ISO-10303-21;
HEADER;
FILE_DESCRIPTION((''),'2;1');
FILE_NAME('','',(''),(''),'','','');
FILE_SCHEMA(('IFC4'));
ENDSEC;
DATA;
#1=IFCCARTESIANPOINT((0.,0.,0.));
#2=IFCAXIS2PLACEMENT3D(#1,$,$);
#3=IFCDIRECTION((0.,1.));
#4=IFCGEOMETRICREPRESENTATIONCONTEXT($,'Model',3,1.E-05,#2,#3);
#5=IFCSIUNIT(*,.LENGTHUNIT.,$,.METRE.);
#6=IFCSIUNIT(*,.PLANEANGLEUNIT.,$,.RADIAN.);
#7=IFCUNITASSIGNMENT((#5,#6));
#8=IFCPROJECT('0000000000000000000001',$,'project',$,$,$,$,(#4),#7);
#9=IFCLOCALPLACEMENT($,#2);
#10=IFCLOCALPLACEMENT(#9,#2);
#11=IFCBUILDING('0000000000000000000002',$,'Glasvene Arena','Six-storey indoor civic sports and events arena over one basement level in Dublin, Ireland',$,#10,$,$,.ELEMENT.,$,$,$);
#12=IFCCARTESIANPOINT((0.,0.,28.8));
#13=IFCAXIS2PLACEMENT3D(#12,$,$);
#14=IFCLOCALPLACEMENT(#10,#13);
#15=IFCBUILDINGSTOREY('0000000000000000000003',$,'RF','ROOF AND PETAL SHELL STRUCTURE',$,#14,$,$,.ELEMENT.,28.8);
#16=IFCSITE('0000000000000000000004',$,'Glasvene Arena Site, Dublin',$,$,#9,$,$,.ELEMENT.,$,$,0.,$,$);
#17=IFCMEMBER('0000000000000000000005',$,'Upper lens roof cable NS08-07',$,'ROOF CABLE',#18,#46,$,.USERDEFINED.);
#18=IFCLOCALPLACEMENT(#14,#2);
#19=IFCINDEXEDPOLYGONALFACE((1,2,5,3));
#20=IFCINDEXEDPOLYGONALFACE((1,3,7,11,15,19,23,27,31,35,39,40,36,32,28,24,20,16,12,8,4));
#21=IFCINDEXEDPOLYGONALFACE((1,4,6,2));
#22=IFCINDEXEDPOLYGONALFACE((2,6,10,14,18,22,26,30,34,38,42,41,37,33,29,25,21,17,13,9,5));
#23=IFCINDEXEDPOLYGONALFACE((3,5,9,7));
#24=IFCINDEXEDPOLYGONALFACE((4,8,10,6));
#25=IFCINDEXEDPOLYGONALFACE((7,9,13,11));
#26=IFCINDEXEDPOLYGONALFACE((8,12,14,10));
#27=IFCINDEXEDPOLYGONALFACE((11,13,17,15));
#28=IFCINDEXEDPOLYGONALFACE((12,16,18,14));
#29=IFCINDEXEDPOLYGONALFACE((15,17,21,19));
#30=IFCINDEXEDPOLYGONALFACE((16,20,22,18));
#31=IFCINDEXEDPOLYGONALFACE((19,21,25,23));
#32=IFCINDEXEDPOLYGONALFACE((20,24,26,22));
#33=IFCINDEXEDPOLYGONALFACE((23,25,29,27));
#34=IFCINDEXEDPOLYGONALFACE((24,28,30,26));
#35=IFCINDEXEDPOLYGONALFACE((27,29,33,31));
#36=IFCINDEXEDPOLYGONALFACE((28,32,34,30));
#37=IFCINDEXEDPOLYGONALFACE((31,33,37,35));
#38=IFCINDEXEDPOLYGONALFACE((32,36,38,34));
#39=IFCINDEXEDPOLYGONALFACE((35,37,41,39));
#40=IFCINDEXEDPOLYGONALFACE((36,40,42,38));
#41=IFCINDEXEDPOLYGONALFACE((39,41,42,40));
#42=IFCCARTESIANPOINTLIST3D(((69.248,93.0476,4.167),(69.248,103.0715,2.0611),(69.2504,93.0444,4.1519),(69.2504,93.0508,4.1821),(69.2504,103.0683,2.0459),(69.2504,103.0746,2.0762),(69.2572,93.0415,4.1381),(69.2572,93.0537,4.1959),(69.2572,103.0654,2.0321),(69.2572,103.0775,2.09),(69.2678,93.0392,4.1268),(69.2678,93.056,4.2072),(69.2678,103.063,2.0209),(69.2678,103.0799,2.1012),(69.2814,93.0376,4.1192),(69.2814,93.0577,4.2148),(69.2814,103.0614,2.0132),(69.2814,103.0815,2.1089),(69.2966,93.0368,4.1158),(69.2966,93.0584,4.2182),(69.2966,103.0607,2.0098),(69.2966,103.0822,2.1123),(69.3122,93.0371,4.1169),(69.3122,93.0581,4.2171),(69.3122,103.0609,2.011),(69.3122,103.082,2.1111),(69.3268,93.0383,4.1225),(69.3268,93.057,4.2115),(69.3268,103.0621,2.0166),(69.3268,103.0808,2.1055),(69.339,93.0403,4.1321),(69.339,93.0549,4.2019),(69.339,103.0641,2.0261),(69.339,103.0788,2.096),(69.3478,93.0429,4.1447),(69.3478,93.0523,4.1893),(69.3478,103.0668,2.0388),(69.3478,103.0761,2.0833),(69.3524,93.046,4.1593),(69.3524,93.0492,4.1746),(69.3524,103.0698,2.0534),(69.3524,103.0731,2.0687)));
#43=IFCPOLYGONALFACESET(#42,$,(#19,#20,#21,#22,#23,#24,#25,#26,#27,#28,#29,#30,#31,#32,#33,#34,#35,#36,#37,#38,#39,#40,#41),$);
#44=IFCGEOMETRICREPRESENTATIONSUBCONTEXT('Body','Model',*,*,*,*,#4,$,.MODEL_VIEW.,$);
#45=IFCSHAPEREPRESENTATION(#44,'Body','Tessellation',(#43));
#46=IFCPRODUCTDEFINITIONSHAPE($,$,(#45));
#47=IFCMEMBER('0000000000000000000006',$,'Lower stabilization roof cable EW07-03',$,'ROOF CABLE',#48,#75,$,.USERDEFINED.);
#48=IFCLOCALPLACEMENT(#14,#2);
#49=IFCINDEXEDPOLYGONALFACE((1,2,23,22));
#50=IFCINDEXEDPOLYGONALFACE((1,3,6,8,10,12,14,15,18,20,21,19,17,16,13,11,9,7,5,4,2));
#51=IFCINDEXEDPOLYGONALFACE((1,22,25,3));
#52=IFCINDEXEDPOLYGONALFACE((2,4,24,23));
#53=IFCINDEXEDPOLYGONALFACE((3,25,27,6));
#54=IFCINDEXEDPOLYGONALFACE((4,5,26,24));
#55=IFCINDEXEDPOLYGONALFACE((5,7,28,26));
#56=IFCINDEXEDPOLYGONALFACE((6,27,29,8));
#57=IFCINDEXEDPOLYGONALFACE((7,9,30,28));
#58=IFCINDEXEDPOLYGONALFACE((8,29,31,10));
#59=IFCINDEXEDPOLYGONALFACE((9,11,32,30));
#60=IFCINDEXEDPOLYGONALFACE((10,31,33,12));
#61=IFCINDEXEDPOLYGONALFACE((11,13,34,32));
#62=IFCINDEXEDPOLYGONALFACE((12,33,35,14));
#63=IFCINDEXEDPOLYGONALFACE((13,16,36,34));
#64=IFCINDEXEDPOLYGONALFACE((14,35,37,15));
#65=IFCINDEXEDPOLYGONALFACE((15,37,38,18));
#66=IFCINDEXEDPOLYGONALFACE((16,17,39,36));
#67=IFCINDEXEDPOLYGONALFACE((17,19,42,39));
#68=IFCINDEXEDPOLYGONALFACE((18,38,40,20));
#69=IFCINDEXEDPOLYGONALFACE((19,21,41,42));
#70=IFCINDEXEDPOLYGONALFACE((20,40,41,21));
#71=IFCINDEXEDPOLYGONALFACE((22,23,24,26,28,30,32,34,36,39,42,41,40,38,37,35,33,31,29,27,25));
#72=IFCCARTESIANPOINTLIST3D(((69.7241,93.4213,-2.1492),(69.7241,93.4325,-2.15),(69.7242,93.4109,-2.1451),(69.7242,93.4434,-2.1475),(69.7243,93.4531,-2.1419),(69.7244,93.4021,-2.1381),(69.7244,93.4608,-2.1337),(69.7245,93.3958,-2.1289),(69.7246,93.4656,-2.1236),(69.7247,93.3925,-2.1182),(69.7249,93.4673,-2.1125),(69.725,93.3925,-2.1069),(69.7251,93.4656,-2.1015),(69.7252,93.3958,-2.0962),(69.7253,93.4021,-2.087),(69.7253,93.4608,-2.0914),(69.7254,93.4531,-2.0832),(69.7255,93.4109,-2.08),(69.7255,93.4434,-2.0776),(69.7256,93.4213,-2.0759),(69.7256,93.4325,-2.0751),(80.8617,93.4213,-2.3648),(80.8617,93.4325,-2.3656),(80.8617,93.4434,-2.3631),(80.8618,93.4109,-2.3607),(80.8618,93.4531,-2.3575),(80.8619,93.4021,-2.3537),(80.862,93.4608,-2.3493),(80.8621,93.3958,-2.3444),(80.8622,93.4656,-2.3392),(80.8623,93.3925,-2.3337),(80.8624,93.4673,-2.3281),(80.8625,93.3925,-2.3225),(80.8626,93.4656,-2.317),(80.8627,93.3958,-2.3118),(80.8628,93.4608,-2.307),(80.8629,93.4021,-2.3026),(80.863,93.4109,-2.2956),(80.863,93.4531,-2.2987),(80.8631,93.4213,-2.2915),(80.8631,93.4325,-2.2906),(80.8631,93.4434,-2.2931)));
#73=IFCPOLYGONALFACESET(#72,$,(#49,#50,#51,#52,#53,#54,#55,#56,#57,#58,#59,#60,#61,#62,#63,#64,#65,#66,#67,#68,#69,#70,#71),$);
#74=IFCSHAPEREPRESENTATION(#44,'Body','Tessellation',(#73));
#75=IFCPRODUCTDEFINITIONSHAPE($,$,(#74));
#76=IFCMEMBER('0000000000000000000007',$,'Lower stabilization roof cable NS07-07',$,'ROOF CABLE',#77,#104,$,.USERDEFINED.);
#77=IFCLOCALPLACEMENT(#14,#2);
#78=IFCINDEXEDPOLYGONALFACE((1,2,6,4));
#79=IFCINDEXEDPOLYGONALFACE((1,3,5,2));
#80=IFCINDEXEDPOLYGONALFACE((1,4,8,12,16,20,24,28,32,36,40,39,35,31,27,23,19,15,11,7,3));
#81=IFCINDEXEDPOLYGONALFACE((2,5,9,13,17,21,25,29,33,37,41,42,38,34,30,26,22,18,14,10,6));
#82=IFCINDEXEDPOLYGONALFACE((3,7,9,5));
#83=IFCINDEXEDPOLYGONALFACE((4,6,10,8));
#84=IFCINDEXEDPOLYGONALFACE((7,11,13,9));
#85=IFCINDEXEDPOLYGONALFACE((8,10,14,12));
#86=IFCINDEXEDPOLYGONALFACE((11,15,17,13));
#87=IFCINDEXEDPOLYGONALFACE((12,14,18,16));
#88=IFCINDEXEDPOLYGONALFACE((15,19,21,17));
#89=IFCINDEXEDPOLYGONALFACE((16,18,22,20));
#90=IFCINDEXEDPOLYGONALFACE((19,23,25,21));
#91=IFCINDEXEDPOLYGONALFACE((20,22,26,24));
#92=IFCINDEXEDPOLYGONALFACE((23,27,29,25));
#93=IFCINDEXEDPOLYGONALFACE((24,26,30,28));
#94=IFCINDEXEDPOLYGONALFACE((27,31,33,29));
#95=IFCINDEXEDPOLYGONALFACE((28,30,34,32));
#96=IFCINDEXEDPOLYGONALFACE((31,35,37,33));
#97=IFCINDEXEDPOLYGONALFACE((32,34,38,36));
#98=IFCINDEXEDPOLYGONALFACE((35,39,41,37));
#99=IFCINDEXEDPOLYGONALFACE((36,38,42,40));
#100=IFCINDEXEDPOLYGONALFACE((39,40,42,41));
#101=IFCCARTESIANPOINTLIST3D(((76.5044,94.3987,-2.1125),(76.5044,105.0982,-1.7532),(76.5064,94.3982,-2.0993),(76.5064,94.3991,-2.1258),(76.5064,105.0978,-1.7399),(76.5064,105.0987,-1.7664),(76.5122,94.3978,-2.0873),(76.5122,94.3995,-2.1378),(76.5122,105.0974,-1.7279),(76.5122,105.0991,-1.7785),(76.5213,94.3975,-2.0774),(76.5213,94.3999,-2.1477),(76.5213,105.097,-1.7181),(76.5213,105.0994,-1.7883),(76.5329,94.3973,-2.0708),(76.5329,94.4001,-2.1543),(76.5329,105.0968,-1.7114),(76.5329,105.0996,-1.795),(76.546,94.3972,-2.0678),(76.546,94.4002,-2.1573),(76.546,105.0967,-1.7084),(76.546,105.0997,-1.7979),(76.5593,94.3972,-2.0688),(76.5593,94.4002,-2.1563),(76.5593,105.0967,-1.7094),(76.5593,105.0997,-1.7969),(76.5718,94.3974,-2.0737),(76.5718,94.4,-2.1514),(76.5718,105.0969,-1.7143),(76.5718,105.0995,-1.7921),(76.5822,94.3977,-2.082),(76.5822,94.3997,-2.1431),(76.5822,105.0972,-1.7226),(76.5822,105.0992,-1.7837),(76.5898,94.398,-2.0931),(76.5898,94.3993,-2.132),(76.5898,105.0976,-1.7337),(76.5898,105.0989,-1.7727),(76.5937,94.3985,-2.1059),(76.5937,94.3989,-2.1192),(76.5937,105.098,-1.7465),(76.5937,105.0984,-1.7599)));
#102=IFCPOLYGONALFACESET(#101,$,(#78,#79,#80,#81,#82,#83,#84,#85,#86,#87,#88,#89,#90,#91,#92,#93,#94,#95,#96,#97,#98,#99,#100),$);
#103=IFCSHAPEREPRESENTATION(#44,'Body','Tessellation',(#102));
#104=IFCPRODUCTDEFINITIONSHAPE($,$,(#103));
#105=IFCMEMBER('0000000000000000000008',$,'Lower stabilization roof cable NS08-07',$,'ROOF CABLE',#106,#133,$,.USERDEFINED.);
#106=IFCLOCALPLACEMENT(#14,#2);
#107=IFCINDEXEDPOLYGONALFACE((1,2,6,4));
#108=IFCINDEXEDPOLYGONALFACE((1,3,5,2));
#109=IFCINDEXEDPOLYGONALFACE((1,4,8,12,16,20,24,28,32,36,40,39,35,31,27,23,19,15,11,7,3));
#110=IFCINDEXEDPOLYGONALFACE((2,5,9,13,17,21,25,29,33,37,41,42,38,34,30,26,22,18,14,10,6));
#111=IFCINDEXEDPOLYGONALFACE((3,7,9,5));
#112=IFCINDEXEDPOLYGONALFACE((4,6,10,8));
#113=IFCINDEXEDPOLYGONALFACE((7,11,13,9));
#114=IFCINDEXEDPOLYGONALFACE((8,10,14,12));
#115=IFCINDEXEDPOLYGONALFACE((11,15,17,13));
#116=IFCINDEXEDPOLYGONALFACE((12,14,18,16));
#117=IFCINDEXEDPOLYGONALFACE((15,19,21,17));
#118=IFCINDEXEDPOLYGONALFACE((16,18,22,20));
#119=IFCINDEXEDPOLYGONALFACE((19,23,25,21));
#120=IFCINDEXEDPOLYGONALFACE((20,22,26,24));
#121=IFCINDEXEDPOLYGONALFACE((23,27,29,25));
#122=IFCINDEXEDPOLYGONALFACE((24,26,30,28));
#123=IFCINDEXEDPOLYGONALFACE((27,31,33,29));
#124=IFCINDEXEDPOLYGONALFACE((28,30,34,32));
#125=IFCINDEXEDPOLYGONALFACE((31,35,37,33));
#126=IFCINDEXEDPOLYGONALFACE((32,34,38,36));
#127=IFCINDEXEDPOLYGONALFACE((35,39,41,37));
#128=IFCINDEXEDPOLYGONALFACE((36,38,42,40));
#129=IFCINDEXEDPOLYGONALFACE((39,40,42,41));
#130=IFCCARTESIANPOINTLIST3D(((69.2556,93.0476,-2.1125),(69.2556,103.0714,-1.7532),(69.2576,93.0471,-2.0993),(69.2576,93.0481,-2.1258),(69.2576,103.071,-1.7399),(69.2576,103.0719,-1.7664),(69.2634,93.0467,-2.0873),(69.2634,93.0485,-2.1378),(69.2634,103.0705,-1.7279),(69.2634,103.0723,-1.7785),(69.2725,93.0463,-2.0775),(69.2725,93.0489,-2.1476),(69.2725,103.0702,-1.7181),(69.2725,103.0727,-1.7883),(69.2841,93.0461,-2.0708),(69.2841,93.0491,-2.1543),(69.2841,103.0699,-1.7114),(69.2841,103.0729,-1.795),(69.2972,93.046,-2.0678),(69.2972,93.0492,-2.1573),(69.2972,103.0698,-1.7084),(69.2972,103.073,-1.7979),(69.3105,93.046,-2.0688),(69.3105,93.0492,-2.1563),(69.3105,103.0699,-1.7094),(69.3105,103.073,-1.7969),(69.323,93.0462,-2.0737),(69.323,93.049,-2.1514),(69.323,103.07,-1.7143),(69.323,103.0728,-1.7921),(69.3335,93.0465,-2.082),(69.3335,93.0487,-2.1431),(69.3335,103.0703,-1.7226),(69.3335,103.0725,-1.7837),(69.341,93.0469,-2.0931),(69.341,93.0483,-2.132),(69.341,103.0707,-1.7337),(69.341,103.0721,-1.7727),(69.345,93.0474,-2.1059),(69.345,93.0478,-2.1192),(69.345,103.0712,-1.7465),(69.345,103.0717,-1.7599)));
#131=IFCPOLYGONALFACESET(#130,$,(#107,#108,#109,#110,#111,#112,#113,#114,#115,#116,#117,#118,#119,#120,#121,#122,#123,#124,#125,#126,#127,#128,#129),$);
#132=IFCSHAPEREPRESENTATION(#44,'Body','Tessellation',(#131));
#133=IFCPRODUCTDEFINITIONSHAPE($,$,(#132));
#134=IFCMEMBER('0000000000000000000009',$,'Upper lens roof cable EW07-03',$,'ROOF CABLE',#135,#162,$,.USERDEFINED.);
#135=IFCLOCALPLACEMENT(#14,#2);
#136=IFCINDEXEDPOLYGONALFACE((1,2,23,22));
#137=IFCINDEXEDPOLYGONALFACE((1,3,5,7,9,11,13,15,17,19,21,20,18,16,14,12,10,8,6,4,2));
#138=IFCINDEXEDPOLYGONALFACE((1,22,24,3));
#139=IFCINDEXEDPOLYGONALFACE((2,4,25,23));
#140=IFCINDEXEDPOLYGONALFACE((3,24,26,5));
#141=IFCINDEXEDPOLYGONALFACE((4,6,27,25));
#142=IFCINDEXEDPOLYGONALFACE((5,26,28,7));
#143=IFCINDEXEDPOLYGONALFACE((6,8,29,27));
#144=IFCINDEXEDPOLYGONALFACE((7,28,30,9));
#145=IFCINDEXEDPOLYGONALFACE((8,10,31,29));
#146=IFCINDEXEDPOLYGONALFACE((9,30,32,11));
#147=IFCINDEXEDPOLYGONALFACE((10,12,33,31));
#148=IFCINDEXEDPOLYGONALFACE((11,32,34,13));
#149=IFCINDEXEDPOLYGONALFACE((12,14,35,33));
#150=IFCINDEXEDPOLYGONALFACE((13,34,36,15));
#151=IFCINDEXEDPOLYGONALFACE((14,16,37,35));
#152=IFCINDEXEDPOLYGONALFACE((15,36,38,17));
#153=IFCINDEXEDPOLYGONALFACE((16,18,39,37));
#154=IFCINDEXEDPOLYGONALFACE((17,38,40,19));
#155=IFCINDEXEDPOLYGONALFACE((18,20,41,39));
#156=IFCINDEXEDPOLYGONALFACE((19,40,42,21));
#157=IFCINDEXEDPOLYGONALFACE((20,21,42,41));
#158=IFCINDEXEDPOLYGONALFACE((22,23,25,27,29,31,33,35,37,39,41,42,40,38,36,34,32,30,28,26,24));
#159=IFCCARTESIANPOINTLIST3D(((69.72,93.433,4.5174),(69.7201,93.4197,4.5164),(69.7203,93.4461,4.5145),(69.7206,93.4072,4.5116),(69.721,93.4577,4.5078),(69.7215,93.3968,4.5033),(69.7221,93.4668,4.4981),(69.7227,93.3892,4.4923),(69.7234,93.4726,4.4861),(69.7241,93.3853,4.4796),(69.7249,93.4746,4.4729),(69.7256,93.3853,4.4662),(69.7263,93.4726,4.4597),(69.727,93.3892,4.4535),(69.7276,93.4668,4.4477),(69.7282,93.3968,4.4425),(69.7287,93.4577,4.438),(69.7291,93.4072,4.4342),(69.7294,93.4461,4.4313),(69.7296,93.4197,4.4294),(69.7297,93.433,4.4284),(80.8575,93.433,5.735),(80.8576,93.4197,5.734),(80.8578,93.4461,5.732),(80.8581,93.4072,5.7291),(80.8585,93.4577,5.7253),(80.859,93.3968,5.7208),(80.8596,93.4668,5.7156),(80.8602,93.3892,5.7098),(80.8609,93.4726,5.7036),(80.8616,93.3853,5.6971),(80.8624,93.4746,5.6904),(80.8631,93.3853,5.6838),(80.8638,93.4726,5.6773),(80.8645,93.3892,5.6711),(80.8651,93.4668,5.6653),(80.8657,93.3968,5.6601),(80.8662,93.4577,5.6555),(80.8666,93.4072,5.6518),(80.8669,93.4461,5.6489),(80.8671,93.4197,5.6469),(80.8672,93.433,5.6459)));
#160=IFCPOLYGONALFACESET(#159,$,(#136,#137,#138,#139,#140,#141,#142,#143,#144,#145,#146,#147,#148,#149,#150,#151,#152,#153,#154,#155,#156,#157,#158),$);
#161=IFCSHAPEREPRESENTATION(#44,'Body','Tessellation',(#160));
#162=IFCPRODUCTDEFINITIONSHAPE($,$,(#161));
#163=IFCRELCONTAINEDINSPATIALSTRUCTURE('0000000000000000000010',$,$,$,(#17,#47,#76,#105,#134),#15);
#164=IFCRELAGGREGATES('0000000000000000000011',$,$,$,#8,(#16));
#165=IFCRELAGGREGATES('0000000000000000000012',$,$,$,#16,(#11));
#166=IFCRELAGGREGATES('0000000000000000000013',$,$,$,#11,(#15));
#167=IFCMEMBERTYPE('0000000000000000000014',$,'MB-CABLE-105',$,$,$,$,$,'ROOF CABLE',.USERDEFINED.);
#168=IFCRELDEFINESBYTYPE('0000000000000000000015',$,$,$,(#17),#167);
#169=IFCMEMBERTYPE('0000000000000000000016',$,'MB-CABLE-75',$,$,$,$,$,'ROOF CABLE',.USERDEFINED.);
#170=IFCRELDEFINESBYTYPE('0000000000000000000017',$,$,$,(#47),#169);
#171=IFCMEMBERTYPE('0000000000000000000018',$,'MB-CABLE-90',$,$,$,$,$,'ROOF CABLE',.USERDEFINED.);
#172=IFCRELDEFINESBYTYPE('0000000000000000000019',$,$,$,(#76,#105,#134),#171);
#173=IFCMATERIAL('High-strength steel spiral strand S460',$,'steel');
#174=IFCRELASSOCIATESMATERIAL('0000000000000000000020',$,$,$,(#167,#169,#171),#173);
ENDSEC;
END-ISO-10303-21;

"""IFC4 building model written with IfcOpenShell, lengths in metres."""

from ifc_helpers import new_model, si_unit, direction, frame, origin, origin_2d, place, context, subcontext, project, spatial, circle, extrude, material, material_profile, profile_set, type_object, element, save


model = new_model("IFC4")

# Units and contexts
model_context = context("Model", 3, precision=1e-05, world=origin(), true_north=direction((0.0, 1.0)))
body_context = subcontext(model_context, "Body", "Model", "MODEL_VIEW")
ifc_project = project(units=[si_unit("LENGTHUNIT", "METRE"), si_unit("PLANEANGLEUNIT", "RADIAN")], contexts=[model_context])

# Site, building, storey
site_placement = place(None, origin())
site = spatial("IfcSite", under=ifc_project, at=site_placement, Name="Glasvene Arena Site, Dublin", CompositionType="ELEMENT", RefElevation=0.0)
building_placement = place(site_placement, origin())
building = spatial("IfcBuilding", under=site, at=building_placement, Name="Glasvene Arena", Description="Six-storey indoor civic sports and events arena over one basement level in Dublin, Ireland", CompositionType="ELEMENT")
storey_placement = place(building_placement, frame((0.0, 0.0, 28.8)))
storey = spatial("IfcBuildingStorey", under=building, at=storey_placement, Name="RF", Description="ROOF AND PETAL SHELL STRUCTURE", CompositionType="ELEMENT", Elevation=28.8)

# Members
ifc_material_1 = material(Name="High-strength steel spiral strand S460", Category="steel")
ifc_material_profile_1 = material_profile(ifc_material_1, circle(Radius=0.0525, at=origin_2d()), Name="LCSS D105")
ifc_profile_set_1 = profile_set([ifc_material_profile_1], Name="High-strength steel spiral strand S460")
member_type_1 = type_object("IfcMemberType", Name="MB-CABLE-105", ElementType="ROOF CABLE", PredefinedType="USERDEFINED", material=ifc_profile_set_1)
member_1_placement = place(storey_placement, frame((69.3005, 93.0476, 4.167), z_axis=(0.0, 0.978635, -0.205604), x_axis=(-1.0, 0.0, 0.0)))
element("IfcMember", 1, at=member_1_placement, inside=storey, type_object=member_type_1, Name="Upper lens roof cable NS08-07", ObjectType="ROOF CABLE", PredefinedType="USERDEFINED", context=body_context, shape_type="SweptSolid", body=[
    extrude(circle(Radius=0.0525, at=origin_2d()), origin(), (0.0, 0.0, 1.0), 10.2427),
])
ifc_material_profile_2 = material_profile(ifc_material_1, circle(Radius=0.0376, at=origin_2d()), Name="LCSS D75")
ifc_profile_set_2 = profile_set([ifc_material_profile_2], Name="High-strength steel spiral strand S460")
member_type_2 = type_object("IfcMemberType", Name="MB-CABLE-75", ElementType="ROOF CABLE", PredefinedType="USERDEFINED", material=ifc_profile_set_2)
member_2_placement = place(storey_placement, frame((69.7249, 93.4297, -2.1125), z_axis=(0.999813, 0.0, -0.019352), x_axis=(0.0, 1.0, 0.0)))
element("IfcMember", 2, at=member_2_placement, inside=storey, type_object=member_type_2, Name="Lower stabilization roof cable EW07-03", ObjectType="ROOF CABLE", PredefinedType="USERDEFINED", context=body_context, shape_type="SweptSolid", body=[
    extrude(circle(Radius=0.0376, at=origin_2d()), origin(), (0.0, 0.0, 1.0), 11.1396),
])
ifc_material_profile_3 = material_profile(ifc_material_1, circle(Radius=0.0449, at=origin_2d()), Name="LCSS D90")
ifc_profile_set_3 = profile_set([ifc_material_profile_3], Name="High-strength steel spiral strand S460")
member_type_3 = type_object("IfcMemberType", Name="MB-CABLE-90", ElementType="ROOF CABLE", PredefinedType="USERDEFINED", material=ifc_profile_set_3)
member_3_placement = place(storey_placement, frame((76.5493, 94.3987, -2.1125), z_axis=(0.0, 0.999436, 0.033569), x_axis=(-1.0, 0.0, 0.0)))
element("IfcMember", 3, at=member_3_placement, inside=storey, type_object=member_type_3, Name="Lower stabilization roof cable NS07-07", ObjectType="ROOF CABLE", PredefinedType="USERDEFINED", context=body_context, shape_type="SweptSolid", body=[
    extrude(circle(Radius=0.0449, at=origin_2d()), origin(), (0.0, 0.0, 1.0), 10.7056),
])
member_4_placement = place(storey_placement, frame((69.3005, 93.0476, -2.1125), z_axis=(0.0, 0.999358, 0.035829), x_axis=(-1.0, 0.0, 0.0)))
element("IfcMember", 4, at=member_4_placement, inside=storey, type_object=member_type_3, Name="Lower stabilization roof cable NS08-07", ObjectType="ROOF CABLE", PredefinedType="USERDEFINED", context=body_context, shape_type="SweptSolid", body=[
    extrude(circle(Radius=0.0449, at=origin_2d()), origin(), (0.0, 0.0, 1.0), 10.0303),
])
member_5_placement = place(storey_placement, frame((69.7249, 93.4297, 4.4729), z_axis=(0.994078, 0.0, 0.108671), x_axis=(0.0, 1.0, 0.0)))
element("IfcMember", 5, at=member_5_placement, inside=storey, type_object=member_type_3, Name="Upper lens roof cable EW07-03", ObjectType="ROOF CABLE", PredefinedType="USERDEFINED", context=body_context, shape_type="SweptSolid", body=[
    extrude(circle(Radius=0.0449, at=origin_2d()), origin(), (0.0, 0.0, 1.0), 11.2039),
])

save(model, "model.ifc")
